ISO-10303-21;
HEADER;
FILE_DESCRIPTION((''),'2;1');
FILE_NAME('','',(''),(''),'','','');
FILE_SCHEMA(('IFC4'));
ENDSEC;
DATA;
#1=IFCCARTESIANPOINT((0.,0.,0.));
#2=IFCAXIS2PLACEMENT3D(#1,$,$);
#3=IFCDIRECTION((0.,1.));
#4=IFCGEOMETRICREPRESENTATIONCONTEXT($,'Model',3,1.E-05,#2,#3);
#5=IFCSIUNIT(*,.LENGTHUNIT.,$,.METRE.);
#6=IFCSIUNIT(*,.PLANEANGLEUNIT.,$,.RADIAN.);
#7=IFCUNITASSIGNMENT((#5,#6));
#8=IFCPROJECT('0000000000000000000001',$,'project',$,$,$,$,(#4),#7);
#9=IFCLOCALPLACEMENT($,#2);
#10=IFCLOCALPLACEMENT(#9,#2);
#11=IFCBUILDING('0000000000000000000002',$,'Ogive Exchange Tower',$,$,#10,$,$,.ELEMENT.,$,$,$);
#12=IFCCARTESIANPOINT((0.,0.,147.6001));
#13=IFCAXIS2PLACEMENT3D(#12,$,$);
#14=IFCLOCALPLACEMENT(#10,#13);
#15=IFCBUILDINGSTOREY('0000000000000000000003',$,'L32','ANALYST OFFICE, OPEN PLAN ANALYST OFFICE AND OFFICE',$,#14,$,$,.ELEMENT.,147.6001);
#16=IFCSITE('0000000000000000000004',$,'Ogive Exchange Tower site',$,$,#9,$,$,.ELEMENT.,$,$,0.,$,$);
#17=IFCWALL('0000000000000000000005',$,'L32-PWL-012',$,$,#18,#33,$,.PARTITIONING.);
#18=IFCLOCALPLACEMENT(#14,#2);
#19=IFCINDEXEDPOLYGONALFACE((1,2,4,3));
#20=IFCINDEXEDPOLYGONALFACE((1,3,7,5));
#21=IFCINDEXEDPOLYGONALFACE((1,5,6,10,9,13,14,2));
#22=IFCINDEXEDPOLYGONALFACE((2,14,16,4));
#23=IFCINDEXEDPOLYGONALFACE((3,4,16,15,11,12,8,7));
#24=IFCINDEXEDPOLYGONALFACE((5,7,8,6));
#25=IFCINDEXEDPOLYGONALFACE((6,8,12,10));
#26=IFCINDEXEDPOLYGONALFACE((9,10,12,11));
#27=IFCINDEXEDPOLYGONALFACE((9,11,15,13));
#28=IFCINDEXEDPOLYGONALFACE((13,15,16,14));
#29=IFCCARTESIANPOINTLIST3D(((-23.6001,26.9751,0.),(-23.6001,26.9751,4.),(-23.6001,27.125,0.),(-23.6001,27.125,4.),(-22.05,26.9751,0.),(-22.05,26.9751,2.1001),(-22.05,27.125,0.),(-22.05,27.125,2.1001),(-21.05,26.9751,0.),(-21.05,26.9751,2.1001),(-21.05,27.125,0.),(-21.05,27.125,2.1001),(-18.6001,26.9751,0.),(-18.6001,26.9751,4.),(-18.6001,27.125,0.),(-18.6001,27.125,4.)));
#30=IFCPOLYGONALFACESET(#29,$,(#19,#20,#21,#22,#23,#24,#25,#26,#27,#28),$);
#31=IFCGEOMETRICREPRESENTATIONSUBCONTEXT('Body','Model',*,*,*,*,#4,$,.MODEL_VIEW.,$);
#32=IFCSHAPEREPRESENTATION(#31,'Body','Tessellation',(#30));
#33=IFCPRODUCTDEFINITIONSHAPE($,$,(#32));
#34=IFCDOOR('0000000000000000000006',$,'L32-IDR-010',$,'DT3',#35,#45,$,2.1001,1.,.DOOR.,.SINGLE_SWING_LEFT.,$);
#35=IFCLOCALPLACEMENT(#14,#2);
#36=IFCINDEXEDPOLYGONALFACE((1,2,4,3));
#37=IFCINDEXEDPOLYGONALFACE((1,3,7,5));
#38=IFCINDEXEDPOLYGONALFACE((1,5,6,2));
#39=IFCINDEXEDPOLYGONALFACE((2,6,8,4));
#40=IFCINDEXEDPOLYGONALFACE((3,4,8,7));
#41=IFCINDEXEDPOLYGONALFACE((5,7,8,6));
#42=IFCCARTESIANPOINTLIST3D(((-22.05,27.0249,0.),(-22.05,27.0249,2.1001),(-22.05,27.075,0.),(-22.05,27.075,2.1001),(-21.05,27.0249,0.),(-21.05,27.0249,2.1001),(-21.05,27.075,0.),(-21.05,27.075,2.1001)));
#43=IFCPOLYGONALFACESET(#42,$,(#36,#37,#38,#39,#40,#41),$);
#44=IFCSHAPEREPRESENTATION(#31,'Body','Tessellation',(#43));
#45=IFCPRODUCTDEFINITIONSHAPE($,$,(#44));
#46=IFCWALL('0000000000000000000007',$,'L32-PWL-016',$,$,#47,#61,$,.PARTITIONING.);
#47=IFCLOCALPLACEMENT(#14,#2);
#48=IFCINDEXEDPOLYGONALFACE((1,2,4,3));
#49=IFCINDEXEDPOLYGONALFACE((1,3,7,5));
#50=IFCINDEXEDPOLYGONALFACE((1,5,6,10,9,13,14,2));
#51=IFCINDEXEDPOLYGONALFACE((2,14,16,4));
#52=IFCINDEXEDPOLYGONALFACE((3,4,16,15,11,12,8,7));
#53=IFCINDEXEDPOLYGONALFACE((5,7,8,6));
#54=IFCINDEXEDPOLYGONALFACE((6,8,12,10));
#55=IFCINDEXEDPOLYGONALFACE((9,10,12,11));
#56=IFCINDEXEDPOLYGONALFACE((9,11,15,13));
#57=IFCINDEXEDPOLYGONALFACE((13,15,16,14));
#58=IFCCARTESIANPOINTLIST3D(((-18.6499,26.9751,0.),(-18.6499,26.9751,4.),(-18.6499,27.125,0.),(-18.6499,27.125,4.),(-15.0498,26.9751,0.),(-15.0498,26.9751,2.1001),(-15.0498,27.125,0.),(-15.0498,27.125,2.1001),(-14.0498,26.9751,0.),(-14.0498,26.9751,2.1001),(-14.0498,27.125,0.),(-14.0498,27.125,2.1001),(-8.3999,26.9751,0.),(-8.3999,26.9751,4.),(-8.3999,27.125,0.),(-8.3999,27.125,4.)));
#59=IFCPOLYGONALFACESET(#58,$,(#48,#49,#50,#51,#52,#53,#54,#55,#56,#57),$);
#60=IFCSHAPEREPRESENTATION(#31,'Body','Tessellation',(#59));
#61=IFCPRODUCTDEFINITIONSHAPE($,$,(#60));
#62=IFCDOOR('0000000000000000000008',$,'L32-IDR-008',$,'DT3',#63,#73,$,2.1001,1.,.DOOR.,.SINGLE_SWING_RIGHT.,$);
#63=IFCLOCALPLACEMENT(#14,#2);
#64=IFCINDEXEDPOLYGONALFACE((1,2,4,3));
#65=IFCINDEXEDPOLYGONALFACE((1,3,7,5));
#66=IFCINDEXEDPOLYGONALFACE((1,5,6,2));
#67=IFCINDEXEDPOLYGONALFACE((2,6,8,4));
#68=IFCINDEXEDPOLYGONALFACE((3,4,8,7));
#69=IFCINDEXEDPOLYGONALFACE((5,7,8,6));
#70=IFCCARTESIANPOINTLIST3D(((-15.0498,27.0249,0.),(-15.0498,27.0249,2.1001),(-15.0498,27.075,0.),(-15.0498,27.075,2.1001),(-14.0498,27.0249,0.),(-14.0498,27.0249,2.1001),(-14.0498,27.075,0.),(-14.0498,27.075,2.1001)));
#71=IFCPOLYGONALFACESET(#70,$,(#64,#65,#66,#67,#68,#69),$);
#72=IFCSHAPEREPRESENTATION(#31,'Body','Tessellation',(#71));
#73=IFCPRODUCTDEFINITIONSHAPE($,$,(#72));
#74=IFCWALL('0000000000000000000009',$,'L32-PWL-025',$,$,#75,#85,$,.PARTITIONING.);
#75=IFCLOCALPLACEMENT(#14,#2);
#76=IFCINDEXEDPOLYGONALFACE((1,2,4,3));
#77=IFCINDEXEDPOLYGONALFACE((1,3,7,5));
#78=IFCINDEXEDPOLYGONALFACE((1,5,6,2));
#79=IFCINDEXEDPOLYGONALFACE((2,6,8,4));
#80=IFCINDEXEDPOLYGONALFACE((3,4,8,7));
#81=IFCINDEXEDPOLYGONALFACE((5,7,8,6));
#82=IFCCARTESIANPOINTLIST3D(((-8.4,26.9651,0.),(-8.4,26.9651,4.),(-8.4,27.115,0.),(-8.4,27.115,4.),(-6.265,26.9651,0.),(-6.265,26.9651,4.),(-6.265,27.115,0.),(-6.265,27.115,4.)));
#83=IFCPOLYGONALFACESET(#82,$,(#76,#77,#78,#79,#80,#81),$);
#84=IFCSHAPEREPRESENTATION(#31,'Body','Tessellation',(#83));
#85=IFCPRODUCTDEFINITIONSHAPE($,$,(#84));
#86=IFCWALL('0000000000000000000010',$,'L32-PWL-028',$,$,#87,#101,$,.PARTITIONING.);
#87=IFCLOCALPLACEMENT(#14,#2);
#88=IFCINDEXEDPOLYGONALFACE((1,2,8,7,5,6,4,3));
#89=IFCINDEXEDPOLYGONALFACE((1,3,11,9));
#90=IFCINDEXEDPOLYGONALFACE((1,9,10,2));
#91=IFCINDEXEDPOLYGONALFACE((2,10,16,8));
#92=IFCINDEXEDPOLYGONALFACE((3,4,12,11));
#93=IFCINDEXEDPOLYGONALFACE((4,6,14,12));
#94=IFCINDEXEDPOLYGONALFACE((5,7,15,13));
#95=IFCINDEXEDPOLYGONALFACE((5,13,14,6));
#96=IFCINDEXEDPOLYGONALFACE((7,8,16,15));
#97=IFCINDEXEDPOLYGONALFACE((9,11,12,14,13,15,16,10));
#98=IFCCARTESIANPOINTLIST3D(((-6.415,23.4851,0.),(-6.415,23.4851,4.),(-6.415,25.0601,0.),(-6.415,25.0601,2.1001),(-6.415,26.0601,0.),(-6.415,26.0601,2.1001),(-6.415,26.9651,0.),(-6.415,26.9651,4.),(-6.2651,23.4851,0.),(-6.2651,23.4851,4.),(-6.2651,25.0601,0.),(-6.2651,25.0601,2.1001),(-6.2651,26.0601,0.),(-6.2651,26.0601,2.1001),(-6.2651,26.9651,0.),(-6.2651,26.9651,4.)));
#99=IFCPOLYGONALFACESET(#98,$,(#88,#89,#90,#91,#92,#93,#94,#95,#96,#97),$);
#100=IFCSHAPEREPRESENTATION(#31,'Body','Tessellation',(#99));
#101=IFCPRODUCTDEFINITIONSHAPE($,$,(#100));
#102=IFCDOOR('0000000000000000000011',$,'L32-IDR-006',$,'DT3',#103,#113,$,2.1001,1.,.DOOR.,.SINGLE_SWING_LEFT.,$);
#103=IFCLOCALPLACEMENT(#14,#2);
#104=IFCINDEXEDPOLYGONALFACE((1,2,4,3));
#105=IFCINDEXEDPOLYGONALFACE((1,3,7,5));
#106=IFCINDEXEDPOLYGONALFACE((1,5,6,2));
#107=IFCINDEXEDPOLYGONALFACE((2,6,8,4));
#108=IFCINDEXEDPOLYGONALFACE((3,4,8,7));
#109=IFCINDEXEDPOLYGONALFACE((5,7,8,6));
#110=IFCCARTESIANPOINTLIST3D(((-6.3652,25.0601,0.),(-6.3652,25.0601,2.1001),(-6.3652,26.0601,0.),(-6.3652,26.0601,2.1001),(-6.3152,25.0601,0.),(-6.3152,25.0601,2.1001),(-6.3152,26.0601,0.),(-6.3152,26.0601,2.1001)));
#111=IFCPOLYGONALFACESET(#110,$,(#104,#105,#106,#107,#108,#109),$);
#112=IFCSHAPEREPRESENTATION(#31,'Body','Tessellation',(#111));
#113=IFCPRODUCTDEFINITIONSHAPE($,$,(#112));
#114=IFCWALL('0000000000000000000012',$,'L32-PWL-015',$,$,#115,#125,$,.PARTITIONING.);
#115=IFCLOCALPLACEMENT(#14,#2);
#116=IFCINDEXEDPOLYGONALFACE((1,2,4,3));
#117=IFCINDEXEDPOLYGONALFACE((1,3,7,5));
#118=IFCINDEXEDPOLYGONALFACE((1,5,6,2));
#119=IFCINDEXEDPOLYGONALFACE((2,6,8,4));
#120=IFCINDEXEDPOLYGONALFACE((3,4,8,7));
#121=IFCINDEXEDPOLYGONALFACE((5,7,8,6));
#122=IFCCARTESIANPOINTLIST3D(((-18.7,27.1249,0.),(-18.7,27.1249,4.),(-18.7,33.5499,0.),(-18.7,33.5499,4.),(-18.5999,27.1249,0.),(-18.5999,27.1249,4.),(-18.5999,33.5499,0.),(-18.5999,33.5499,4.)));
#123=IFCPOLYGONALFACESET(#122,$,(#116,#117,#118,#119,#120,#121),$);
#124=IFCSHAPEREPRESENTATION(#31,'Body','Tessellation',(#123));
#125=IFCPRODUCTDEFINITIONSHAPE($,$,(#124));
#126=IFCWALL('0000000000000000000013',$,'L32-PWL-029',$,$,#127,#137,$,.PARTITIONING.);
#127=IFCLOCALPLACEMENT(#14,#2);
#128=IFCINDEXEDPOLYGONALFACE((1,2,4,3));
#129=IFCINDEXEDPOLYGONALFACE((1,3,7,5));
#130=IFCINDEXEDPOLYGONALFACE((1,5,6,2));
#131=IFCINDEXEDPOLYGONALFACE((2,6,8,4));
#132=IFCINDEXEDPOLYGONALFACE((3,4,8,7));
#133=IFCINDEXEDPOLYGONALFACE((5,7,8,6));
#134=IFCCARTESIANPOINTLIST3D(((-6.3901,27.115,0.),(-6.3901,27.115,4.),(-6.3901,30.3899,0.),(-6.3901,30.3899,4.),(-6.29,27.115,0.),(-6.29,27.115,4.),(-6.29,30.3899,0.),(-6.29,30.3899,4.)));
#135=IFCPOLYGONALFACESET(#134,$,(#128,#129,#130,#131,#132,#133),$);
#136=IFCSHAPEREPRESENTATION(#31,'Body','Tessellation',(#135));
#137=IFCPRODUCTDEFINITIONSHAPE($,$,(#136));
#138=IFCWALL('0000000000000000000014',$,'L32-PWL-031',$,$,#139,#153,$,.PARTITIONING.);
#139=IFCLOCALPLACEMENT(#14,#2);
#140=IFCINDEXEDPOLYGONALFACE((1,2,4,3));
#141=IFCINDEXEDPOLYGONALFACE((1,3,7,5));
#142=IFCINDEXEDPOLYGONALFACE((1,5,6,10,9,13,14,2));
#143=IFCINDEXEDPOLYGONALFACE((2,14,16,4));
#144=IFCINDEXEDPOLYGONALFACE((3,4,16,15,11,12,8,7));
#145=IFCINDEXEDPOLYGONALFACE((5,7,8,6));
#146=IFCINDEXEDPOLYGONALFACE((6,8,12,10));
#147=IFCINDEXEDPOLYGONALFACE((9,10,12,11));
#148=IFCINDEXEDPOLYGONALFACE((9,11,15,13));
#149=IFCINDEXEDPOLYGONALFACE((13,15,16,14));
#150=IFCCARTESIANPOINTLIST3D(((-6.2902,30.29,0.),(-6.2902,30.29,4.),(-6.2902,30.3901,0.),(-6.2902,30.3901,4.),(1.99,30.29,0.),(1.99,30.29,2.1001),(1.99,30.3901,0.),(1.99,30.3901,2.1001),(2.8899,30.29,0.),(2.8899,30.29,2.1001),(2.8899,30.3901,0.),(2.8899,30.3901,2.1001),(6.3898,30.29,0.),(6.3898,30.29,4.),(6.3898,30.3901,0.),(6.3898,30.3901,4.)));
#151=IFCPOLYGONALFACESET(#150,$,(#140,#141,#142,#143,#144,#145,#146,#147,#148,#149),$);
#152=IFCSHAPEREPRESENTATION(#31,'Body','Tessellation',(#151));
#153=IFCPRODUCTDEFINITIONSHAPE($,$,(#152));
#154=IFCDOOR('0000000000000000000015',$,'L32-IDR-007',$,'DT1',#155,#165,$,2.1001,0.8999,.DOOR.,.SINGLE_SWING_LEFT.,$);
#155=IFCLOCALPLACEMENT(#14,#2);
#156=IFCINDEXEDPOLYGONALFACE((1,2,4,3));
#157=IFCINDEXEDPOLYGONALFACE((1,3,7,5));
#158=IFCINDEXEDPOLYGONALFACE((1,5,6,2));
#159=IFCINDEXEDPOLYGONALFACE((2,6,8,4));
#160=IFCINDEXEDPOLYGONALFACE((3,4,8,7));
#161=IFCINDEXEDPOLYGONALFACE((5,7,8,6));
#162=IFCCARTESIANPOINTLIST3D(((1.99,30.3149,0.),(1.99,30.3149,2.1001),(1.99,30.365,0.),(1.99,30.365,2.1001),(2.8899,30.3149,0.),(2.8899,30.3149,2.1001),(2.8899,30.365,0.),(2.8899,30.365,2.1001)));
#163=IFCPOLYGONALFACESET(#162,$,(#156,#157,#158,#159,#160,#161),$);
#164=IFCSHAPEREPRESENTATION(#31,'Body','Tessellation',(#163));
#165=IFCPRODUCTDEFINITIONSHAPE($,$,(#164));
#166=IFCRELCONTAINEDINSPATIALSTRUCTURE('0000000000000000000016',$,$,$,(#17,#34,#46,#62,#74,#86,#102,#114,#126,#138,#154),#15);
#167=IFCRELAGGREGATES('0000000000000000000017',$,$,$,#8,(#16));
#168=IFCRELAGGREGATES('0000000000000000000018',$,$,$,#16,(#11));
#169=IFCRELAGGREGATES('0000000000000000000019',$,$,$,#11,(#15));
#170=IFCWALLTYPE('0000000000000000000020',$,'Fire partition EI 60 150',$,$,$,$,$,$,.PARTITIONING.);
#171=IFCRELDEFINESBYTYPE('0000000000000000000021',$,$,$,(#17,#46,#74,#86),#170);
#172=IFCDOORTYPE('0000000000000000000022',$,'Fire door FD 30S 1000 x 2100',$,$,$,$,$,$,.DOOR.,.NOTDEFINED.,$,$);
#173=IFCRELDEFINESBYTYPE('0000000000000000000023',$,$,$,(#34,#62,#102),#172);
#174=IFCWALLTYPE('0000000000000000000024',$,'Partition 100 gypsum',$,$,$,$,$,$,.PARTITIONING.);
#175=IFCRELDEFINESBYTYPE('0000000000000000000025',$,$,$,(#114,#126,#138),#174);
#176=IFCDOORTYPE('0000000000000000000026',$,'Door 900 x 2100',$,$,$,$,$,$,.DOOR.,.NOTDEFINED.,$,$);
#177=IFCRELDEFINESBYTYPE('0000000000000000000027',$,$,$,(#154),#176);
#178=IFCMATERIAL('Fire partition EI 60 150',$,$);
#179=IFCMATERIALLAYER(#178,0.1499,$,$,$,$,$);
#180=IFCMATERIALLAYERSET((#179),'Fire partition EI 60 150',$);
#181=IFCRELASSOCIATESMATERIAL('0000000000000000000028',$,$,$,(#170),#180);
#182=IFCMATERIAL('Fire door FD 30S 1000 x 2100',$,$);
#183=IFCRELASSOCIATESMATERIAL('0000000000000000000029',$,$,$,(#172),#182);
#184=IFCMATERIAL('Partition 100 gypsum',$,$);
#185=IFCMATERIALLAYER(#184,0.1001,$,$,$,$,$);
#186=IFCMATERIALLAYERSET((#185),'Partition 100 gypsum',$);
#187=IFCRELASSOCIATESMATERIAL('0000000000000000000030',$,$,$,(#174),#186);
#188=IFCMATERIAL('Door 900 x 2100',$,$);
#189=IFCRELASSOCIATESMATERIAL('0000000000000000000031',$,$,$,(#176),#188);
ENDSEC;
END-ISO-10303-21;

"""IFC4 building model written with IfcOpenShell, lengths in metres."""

from ifc_helpers import new_model, si_unit, direction, frame, frame_2d, origin, place, context, subcontext, project, spatial, rectangle, extrude, material, layer, layer_set, type_object, element, fill, save


model = new_model("IFC4")

# Units and contexts
model_context = context("Model", 3, precision=1e-05, world=origin(), true_north=direction((0.0, 1.0)))
body_context = subcontext(model_context, "Body", "Model", "MODEL_VIEW")
ifc_project = project(units=[si_unit("LENGTHUNIT", "METRE"), si_unit("PLANEANGLEUNIT", "RADIAN")], contexts=[model_context])

# Site, building, storey
site_placement = place(None, origin())
site = spatial("IfcSite", under=ifc_project, at=site_placement, Name="Ogive Exchange Tower site", CompositionType="ELEMENT", RefElevation=0.0)
building_placement = place(site_placement, origin())
building = spatial("IfcBuilding", under=site, at=building_placement, Name="Ogive Exchange Tower", CompositionType="ELEMENT")
storey_placement = place(building_placement, frame((0.0, 0.0, 147.6001)))
storey = spatial("IfcBuildingStorey", under=building, at=storey_placement, Name="L32", Description="ANALYST OFFICE, OPEN PLAN ANALYST OFFICE AND OFFICE", CompositionType="ELEMENT", Elevation=147.6001)

# Shared definitions
ifc_material_1 = material(Name="Fire partition EI 60 150")
ifc_layer_1 = layer(ifc_material_1, 0.1499)
ifc_layer_set_1 = layer_set([ifc_layer_1], Name="Fire partition EI 60 150")
wall_type_1 = type_object("IfcWallType", Name="Fire partition EI 60 150", PredefinedType="PARTITIONING", material=ifc_layer_set_1)

# Walls, openings, doors
wall_1_placement = place(storey_placement, frame((-23.6001, 27.05, 0.0), z_axis=(0.0, 0.0, 1.0), x_axis=(1.0, 0.0, 0.0)))
wall_1 = element("IfcWall", 1, at=wall_1_placement, inside=storey, type_object=wall_type_1, Name="L32-PWL-012", PredefinedType="PARTITIONING", context=body_context, shape_type="SweptSolid", body=[
    extrude(rectangle(XDim=5.0, YDim=0.1499, at=frame_2d((2.5, 0.0))), origin(), (0.0, 0.0, 1.0), 4.0),
])
opening_1_placement = place(wall_1_placement, frame((1.55, 0.0, 0.0)))
opening_1 = element("IfcOpeningElement", 2, at=opening_1_placement, cuts=wall_1, PredefinedType="OPENING", context=body_context, shape_type="SweptSolid", body=[
    extrude(rectangle(XDim=1.0, YDim=2.1001, at=frame_2d((0.5, 1.05))), frame((0.0, 0.085, 0.0), z_axis=(0.0, -1.0, 0.0), x_axis=(1.0, 0.0, 0.0)), (0.0, 0.0, 1.0), 0.1699),
])
ifc_material_2 = material(Name="Fire door FD 30S 1000 x 2100")
door_type_1 = type_object("IfcDoorType", Name="Fire door FD 30S 1000 x 2100", OperationType="NOTDEFINED", PredefinedType="DOOR", material=ifc_material_2)
door_1_placement = place(opening_1_placement, origin())
door_1 = element("IfcDoor", 3, at=door_1_placement, inside=storey, type_object=door_type_1, Name="L32-IDR-010", ObjectType="DT3", OperationType="SINGLE_SWING_LEFT", OverallHeight=2.1001, OverallWidth=1.0, PredefinedType="DOOR", context=body_context, shape_type="SweptSolid", body=[
    extrude(rectangle(XDim=1.0, YDim=2.1001, at=frame_2d((0.5, 1.05))), frame((0.0, 0.0249, 0.0), z_axis=(0.0, -1.0, 0.0), x_axis=(1.0, 0.0, 0.0)), (0.0, 0.0, 1.0), 0.05),
])
fill(opening_1, door_1)
wall_2_placement = place(storey_placement, frame((-18.6499, 27.05, 0.0), z_axis=(0.0, 0.0, 1.0), x_axis=(1.0, 0.0, 0.0)))
wall_2 = element("IfcWall", 4, at=wall_2_placement, inside=storey, type_object=wall_type_1, Name="L32-PWL-016", PredefinedType="PARTITIONING", context=body_context, shape_type="SweptSolid", body=[
    extrude(rectangle(XDim=10.25, YDim=0.1499, at=frame_2d((5.125, 0.0))), origin(), (0.0, 0.0, 1.0), 4.0),
])
opening_2_placement = place(wall_2_placement, frame((3.6001, 0.0, 0.0)))
opening_2 = element("IfcOpeningElement", 5, at=opening_2_placement, cuts=wall_2, PredefinedType="OPENING", context=body_context, shape_type="SweptSolid", body=[
    extrude(rectangle(XDim=1.0, YDim=2.1001, at=frame_2d((0.5, 1.05))), frame((0.0, 0.085, 0.0), z_axis=(0.0, -1.0, 0.0), x_axis=(1.0, 0.0, 0.0)), (0.0, 0.0, 1.0), 0.1699),
])
door_2_placement = place(opening_2_placement, origin())
door_2 = element("IfcDoor", 6, at=door_2_placement, inside=storey, type_object=door_type_1, Name="L32-IDR-008", ObjectType="DT3", OperationType="SINGLE_SWING_RIGHT", OverallHeight=2.1001, OverallWidth=1.0, PredefinedType="DOOR", context=body_context, shape_type="SweptSolid", body=[
    extrude(rectangle(XDim=1.0, YDim=2.1001, at=frame_2d((0.5, 1.05))), frame((0.0, 0.0249, 0.0), z_axis=(0.0, -1.0, 0.0), x_axis=(1.0, 0.0, 0.0)), (0.0, 0.0, 1.0), 0.05),
])
fill(opening_2, door_2)

# Wall
wall_3_placement = place(storey_placement, frame((-8.3999, 27.04, 0.0), z_axis=(0.0, 0.0, 1.0), x_axis=(1.0, 0.0, 0.0)))
element("IfcWall", 7, at=wall_3_placement, inside=storey, type_object=wall_type_1, Name="L32-PWL-025", PredefinedType="PARTITIONING", context=body_context, shape_type="SweptSolid", body=[
    extrude(rectangle(XDim=2.135, YDim=0.1499, at=frame_2d((1.0674, 0.0))), origin(), (0.0, 0.0, 1.0), 4.0),
])

# Wall, opening, door
wall_4_placement = place(storey_placement, frame((-6.3401, 26.9651, 0.0), z_axis=(0.0, 0.0, 1.0), x_axis=(0.0, -1.0, 0.0)))
wall_4 = element("IfcWall", 8, at=wall_4_placement, inside=storey, type_object=wall_type_1, Name="L32-PWL-028", PredefinedType="PARTITIONING", context=body_context, shape_type="SweptSolid", body=[
    extrude(rectangle(XDim=3.48, YDim=0.1499, at=frame_2d((1.74, 0.0))), origin(), (0.0, 0.0, 1.0), 4.0),
])
opening_3_placement = place(wall_4_placement, frame((0.905, 0.0, 0.0)))
opening_3 = element("IfcOpeningElement", 9, at=opening_3_placement, cuts=wall_4, PredefinedType="OPENING", context=body_context, shape_type="SweptSolid", body=[
    extrude(rectangle(XDim=1.0, YDim=2.1001, at=frame_2d((0.5, 1.05))), frame((0.0, 0.085, 0.0), z_axis=(0.0, -1.0, 0.0), x_axis=(1.0, 0.0, 0.0)), (0.0, 0.0, 1.0), 0.1699),
])
door_3_placement = place(opening_3_placement, origin())
door_3 = element("IfcDoor", 10, at=door_3_placement, inside=storey, type_object=door_type_1, Name="L32-IDR-006", ObjectType="DT3", OperationType="SINGLE_SWING_LEFT", OverallHeight=2.1001, OverallWidth=1.0, PredefinedType="DOOR", context=body_context, shape_type="SweptSolid", body=[
    extrude(rectangle(XDim=1.0, YDim=2.1001, at=frame_2d((0.5, 1.05))), frame((0.0, 0.0249, 0.0), z_axis=(0.0, -1.0, 0.0), x_axis=(1.0, 0.0, 0.0)), (0.0, 0.0, 1.0), 0.05),
])
fill(opening_3, door_3)

# Walls
ifc_material_3 = material(Name="Partition 100 gypsum")
ifc_layer_2 = layer(ifc_material_3, 0.1001)
ifc_layer_set_2 = layer_set([ifc_layer_2], Name="Partition 100 gypsum")
wall_type_2 = type_object("IfcWallType", Name="Partition 100 gypsum", PredefinedType="PARTITIONING", material=ifc_layer_set_2)
wall_5_placement = place(storey_placement, frame((-18.6499, 27.125, 0.0), z_axis=(0.0, 0.0, 1.0), x_axis=(0.0, 1.0, 0.0)))
element("IfcWall", 11, at=wall_5_placement, inside=storey, type_object=wall_type_2, Name="L32-PWL-015", PredefinedType="PARTITIONING", context=body_context, shape_type="SweptSolid", body=[
    extrude(rectangle(XDim=6.425, YDim=0.1001, at=frame_2d((3.2124, 0.0))), origin(), (0.0, 0.0, 1.0), 4.0),
])
wall_6_placement = place(storey_placement, frame((-6.3401, 27.115, 0.0), z_axis=(0.0, 0.0, 1.0), x_axis=(0.0, 1.0, 0.0)))
element("IfcWall", 12, at=wall_6_placement, inside=storey, type_object=wall_type_2, Name="L32-PWL-029", PredefinedType="PARTITIONING", context=body_context, shape_type="SweptSolid", body=[
    extrude(rectangle(XDim=3.2749, YDim=0.1001, at=frame_2d((1.6375, 0.0))), origin(), (0.0, 0.0, 1.0), 4.0),
])

# Wall, opening, door
wall_7_placement = place(storey_placement, frame((-6.29, 30.3401, 0.0), z_axis=(0.0, 0.0, 1.0), x_axis=(1.0, 0.0, 0.0)))
wall_7 = element("IfcWall", 13, at=wall_7_placement, inside=storey, type_object=wall_type_2, Name="L32-PWL-031", PredefinedType="PARTITIONING", context=body_context, shape_type="SweptSolid", body=[
    extrude(rectangle(XDim=12.6799, YDim=0.1001, at=frame_2d((6.3398, 0.0))), origin(), (0.0, 0.0, 1.0), 4.0),
])
opening_4_placement = place(wall_7_placement, frame((8.28, 0.0, 0.0)))
opening_4 = element("IfcOpeningElement", 14, at=opening_4_placement, cuts=wall_7, PredefinedType="OPENING", context=body_context, shape_type="SweptSolid", body=[
    extrude(rectangle(XDim=0.8999, YDim=2.1001, at=frame_2d((0.45, 1.05))), frame((0.0, 0.0601, 0.0), z_axis=(0.0, -1.0, 0.0), x_axis=(1.0, 0.0, 0.0)), (0.0, 0.0, 1.0), 0.1201),
])
ifc_material_4 = material(Name="Door 900 x 2100")
door_type_2 = type_object("IfcDoorType", Name="Door 900 x 2100", OperationType="NOTDEFINED", PredefinedType="DOOR", material=ifc_material_4)
door_4_placement = place(opening_4_placement, origin())
door_4 = element("IfcDoor", 15, at=door_4_placement, inside=storey, type_object=door_type_2, Name="L32-IDR-007", ObjectType="DT1", OperationType="SINGLE_SWING_LEFT", OverallHeight=2.1001, OverallWidth=0.8999, PredefinedType="DOOR", context=body_context, shape_type="SweptSolid", body=[
    extrude(rectangle(XDim=0.8999, YDim=2.1001, at=frame_2d((0.45, 1.05))), frame((0.0, 0.0249, 0.0), z_axis=(0.0, -1.0, 0.0), x_axis=(1.0, 0.0, 0.0)), (0.0, 0.0, 1.0), 0.05),
])
fill(opening_4, door_4)

save(model, "model.ifc")
